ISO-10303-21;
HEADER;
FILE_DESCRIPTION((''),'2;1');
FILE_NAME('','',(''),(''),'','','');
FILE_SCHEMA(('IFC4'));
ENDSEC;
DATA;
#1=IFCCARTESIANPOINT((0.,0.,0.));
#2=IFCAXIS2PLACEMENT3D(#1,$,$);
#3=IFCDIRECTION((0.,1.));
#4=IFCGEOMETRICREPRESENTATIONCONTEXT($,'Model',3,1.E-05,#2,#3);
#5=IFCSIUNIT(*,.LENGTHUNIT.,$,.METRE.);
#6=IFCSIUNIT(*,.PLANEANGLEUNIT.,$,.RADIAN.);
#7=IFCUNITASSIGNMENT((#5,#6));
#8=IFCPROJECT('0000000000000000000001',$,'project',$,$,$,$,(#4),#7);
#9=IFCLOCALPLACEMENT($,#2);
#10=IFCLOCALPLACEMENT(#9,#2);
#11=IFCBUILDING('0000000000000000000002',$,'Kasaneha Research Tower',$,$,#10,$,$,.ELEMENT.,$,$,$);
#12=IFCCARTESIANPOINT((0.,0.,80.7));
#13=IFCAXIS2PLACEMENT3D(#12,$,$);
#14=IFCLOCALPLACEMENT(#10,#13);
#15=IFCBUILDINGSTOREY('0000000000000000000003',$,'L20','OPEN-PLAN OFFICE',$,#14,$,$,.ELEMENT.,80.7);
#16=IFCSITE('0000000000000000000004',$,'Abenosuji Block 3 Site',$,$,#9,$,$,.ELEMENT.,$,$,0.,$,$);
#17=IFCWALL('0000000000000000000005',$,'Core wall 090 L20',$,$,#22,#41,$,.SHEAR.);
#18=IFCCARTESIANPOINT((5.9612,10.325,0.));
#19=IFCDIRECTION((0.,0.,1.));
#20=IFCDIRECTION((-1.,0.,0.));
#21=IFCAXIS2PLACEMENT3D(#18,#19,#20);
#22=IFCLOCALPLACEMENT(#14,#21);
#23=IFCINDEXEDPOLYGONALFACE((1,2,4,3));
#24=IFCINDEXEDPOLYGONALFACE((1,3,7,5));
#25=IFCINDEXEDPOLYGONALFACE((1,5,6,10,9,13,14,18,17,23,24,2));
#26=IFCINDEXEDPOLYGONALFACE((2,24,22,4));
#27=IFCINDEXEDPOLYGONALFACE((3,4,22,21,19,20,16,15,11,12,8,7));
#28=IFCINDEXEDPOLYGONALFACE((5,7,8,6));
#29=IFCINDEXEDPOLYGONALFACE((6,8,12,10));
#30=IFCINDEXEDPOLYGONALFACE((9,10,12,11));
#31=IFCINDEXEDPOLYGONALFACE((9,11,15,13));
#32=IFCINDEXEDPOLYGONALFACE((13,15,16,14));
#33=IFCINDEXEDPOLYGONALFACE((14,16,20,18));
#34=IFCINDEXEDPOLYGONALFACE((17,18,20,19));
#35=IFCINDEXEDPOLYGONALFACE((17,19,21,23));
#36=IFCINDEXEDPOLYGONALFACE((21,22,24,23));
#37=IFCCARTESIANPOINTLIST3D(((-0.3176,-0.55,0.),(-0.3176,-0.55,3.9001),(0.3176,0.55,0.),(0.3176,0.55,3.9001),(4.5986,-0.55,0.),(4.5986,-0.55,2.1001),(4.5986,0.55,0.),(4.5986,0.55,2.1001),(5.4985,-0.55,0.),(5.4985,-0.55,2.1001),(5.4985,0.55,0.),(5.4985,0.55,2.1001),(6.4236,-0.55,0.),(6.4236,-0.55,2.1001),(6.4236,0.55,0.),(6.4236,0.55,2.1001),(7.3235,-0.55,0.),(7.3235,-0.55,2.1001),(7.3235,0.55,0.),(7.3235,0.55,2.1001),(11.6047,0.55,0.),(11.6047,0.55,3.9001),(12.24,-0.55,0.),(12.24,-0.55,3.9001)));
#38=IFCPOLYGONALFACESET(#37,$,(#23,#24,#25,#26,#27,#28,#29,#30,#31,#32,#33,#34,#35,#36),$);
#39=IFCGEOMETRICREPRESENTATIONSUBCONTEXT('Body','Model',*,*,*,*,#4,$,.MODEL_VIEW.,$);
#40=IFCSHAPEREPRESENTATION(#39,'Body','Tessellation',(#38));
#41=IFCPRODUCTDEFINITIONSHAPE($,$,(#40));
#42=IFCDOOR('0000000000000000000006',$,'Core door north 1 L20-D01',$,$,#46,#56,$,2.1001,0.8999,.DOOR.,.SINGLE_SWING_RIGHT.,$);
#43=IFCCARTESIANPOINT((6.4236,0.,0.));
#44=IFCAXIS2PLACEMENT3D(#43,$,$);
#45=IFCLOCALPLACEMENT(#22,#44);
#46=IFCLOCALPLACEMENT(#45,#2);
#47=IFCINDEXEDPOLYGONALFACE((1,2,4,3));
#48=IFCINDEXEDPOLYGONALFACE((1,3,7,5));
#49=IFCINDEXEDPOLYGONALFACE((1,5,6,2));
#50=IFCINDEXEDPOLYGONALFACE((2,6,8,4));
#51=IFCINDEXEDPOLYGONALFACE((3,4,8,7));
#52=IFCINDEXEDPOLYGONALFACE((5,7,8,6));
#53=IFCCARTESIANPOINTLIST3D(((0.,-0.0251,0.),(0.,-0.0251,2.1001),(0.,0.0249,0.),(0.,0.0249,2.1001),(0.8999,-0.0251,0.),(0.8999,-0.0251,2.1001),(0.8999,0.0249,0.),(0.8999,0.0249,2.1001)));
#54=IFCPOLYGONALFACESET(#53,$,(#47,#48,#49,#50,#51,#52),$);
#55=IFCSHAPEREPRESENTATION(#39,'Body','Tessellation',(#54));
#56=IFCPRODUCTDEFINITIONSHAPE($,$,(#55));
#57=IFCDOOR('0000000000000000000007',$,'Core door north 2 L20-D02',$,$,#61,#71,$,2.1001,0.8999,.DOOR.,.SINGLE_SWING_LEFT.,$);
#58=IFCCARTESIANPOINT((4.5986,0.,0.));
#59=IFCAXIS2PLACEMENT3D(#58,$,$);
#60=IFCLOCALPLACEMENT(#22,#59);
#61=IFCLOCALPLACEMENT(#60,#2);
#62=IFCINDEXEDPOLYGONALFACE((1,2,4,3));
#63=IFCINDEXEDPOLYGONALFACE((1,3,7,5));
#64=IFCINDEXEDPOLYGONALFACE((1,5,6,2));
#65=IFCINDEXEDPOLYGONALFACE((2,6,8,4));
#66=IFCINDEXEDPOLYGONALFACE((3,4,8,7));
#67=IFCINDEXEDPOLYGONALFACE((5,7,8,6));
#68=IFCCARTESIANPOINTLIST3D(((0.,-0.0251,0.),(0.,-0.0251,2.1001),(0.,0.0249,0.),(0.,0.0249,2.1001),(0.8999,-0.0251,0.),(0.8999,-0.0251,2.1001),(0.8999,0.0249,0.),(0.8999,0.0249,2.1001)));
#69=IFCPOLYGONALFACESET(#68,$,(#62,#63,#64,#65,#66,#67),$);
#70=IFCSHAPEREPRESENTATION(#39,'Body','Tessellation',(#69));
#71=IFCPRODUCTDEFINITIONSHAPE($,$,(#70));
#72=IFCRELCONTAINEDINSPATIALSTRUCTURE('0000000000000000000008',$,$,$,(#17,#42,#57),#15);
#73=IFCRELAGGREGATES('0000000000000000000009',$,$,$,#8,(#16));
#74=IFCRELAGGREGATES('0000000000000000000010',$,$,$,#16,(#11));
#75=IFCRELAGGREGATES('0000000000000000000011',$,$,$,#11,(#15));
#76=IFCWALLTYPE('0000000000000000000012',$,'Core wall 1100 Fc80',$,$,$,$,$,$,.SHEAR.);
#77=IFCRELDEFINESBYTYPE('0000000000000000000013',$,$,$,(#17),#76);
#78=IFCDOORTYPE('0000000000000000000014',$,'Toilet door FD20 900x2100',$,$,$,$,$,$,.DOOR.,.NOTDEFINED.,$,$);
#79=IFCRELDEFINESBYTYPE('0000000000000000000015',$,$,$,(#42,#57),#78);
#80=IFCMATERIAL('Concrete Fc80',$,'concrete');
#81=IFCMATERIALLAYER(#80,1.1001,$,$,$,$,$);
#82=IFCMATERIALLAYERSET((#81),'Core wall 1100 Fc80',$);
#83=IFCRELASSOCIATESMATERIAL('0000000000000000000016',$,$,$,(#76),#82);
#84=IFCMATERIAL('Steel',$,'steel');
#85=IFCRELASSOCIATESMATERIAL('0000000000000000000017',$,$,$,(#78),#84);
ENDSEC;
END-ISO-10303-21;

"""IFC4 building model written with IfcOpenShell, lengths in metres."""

from ifc_helpers import new_model, si_unit, direction, frame, frame_2d, origin, place, context, subcontext, project, spatial, polyline, rectangle, outline, extrude, material, layer, layer_set, type_object, element, fill, save


model = new_model("IFC4")

# Units and contexts
model_context = context("Model", 3, precision=1e-05, world=origin(), true_north=direction((0.0, 1.0)))
body_context = subcontext(model_context, "Body", "Model", "MODEL_VIEW")
ifc_project = project(units=[si_unit("LENGTHUNIT", "METRE"), si_unit("PLANEANGLEUNIT", "RADIAN")], contexts=[model_context])

# Site, building, storey
site_placement = place(None, origin())
site = spatial("IfcSite", under=ifc_project, at=site_placement, Name="Abenosuji Block 3 Site", CompositionType="ELEMENT", RefElevation=0.0)
building_placement = place(site_placement, origin())
building = spatial("IfcBuilding", under=site, at=building_placement, Name="Kasaneha Research Tower", CompositionType="ELEMENT")
storey_placement = place(building_placement, frame((0.0, 0.0, 80.7)))
storey = spatial("IfcBuildingStorey", under=building, at=storey_placement, Name="L20", Description="OPEN-PLAN OFFICE", CompositionType="ELEMENT", Elevation=80.7)

# Shared definitions
ifc_material_1 = material(Name="Concrete Fc80", Category="concrete")
ifc_layer_1 = layer(ifc_material_1, 1.1001)
ifc_layer_set_1 = layer_set([ifc_layer_1], Name="Core wall 1100 Fc80")
wall_type_1 = type_object("IfcWallType", Name="Core wall 1100 Fc80", PredefinedType="SHEAR", material=ifc_layer_set_1)

# Wall, openings, doors
wall_1_placement = place(storey_placement, frame((5.9612, 10.325, 0.0), z_axis=(0.0, 0.0, 1.0), x_axis=(-1.0, 0.0, 0.0)))
wall_1 = element("IfcWall", 1, at=wall_1_placement, inside=storey, type_object=wall_type_1, Name="Core wall 090 L20", PredefinedType="SHEAR", context=body_context, shape_type="SweptSolid", body=[
    extrude(outline(polyline([(-0.3176, -0.55), (4.5986, -0.55), (5.4985, -0.55), (6.4236, -0.55), (7.3235, -0.55), (12.24, -0.55), (11.6047, 0.55), (7.3235, 0.55), (6.4236, 0.55), (5.4985, 0.55), (4.5986, 0.55), (0.3176, 0.55), (-0.3176, -0.55)])), origin(), (0.0, 0.0, 1.0), 3.9001),
])
opening_1_placement = place(wall_1_placement, frame((6.4236, 0.0, 0.0)))
opening_1 = element("IfcOpeningElement", 2, at=opening_1_placement, cuts=wall_1, PredefinedType="OPENING", context=body_context, shape_type="SweptSolid", body=[
    extrude(rectangle(XDim=0.8999, YDim=2.1001, at=frame_2d((0.45, 1.05))), frame((0.0, 0.5601, 0.0), z_axis=(0.0, -1.0, 0.0), x_axis=(1.0, 0.0, 0.0)), (0.0, 0.0, 1.0), 1.1201),
])
opening_2_placement = place(wall_1_placement, frame((4.5986, 0.0, 0.0)))
opening_2 = element("IfcOpeningElement", 3, at=opening_2_placement, cuts=wall_1, PredefinedType="OPENING", context=body_context, shape_type="SweptSolid", body=[
    extrude(rectangle(XDim=0.8999, YDim=2.1001, at=frame_2d((0.45, 1.05))), frame((0.0, 0.5601, 0.0), z_axis=(0.0, -1.0, 0.0), x_axis=(1.0, 0.0, 0.0)), (0.0, 0.0, 1.0), 1.1201),
])
ifc_material_2 = material(Name="Steel", Category="steel")
door_type_1 = type_object("IfcDoorType", Name="Toilet door FD20 900x2100", OperationType="NOTDEFINED", PredefinedType="DOOR", material=ifc_material_2)
door_1_placement = place(opening_1_placement, origin())
door_1 = element("IfcDoor", 4, at=door_1_placement, inside=storey, type_object=door_type_1, Name="Core door north 1 L20-D01", OperationType="SINGLE_SWING_RIGHT", OverallHeight=2.1001, OverallWidth=0.8999, PredefinedType="DOOR", context=body_context, shape_type="SweptSolid", body=[
    extrude(rectangle(XDim=0.8999, YDim=2.1001, at=frame_2d((0.45, 1.05))), frame((0.0, 0.0249, 0.0), z_axis=(0.0, -1.0, 0.0), x_axis=(1.0, 0.0, 0.0)), (0.0, 0.0, 1.0), 0.05),
])
fill(opening_1, door_1)
door_2_placement = place(opening_2_placement, origin())
door_2 = element("IfcDoor", 5, at=door_2_placement, inside=storey, type_object=door_type_1, Name="Core door north 2 L20-D02", OperationType="SINGLE_SWING_LEFT", OverallHeight=2.1001, OverallWidth=0.8999, PredefinedType="DOOR", context=body_context, shape_type="SweptSolid", body=[
    extrude(rectangle(XDim=0.8999, YDim=2.1001, at=frame_2d((0.45, 1.05))), frame((0.0, 0.0249, 0.0), z_axis=(0.0, -1.0, 0.0), x_axis=(1.0, 0.0, 0.0)), (0.0, 0.0, 1.0), 0.05),
])
fill(opening_2, door_2)

save(model, "model.ifc")
